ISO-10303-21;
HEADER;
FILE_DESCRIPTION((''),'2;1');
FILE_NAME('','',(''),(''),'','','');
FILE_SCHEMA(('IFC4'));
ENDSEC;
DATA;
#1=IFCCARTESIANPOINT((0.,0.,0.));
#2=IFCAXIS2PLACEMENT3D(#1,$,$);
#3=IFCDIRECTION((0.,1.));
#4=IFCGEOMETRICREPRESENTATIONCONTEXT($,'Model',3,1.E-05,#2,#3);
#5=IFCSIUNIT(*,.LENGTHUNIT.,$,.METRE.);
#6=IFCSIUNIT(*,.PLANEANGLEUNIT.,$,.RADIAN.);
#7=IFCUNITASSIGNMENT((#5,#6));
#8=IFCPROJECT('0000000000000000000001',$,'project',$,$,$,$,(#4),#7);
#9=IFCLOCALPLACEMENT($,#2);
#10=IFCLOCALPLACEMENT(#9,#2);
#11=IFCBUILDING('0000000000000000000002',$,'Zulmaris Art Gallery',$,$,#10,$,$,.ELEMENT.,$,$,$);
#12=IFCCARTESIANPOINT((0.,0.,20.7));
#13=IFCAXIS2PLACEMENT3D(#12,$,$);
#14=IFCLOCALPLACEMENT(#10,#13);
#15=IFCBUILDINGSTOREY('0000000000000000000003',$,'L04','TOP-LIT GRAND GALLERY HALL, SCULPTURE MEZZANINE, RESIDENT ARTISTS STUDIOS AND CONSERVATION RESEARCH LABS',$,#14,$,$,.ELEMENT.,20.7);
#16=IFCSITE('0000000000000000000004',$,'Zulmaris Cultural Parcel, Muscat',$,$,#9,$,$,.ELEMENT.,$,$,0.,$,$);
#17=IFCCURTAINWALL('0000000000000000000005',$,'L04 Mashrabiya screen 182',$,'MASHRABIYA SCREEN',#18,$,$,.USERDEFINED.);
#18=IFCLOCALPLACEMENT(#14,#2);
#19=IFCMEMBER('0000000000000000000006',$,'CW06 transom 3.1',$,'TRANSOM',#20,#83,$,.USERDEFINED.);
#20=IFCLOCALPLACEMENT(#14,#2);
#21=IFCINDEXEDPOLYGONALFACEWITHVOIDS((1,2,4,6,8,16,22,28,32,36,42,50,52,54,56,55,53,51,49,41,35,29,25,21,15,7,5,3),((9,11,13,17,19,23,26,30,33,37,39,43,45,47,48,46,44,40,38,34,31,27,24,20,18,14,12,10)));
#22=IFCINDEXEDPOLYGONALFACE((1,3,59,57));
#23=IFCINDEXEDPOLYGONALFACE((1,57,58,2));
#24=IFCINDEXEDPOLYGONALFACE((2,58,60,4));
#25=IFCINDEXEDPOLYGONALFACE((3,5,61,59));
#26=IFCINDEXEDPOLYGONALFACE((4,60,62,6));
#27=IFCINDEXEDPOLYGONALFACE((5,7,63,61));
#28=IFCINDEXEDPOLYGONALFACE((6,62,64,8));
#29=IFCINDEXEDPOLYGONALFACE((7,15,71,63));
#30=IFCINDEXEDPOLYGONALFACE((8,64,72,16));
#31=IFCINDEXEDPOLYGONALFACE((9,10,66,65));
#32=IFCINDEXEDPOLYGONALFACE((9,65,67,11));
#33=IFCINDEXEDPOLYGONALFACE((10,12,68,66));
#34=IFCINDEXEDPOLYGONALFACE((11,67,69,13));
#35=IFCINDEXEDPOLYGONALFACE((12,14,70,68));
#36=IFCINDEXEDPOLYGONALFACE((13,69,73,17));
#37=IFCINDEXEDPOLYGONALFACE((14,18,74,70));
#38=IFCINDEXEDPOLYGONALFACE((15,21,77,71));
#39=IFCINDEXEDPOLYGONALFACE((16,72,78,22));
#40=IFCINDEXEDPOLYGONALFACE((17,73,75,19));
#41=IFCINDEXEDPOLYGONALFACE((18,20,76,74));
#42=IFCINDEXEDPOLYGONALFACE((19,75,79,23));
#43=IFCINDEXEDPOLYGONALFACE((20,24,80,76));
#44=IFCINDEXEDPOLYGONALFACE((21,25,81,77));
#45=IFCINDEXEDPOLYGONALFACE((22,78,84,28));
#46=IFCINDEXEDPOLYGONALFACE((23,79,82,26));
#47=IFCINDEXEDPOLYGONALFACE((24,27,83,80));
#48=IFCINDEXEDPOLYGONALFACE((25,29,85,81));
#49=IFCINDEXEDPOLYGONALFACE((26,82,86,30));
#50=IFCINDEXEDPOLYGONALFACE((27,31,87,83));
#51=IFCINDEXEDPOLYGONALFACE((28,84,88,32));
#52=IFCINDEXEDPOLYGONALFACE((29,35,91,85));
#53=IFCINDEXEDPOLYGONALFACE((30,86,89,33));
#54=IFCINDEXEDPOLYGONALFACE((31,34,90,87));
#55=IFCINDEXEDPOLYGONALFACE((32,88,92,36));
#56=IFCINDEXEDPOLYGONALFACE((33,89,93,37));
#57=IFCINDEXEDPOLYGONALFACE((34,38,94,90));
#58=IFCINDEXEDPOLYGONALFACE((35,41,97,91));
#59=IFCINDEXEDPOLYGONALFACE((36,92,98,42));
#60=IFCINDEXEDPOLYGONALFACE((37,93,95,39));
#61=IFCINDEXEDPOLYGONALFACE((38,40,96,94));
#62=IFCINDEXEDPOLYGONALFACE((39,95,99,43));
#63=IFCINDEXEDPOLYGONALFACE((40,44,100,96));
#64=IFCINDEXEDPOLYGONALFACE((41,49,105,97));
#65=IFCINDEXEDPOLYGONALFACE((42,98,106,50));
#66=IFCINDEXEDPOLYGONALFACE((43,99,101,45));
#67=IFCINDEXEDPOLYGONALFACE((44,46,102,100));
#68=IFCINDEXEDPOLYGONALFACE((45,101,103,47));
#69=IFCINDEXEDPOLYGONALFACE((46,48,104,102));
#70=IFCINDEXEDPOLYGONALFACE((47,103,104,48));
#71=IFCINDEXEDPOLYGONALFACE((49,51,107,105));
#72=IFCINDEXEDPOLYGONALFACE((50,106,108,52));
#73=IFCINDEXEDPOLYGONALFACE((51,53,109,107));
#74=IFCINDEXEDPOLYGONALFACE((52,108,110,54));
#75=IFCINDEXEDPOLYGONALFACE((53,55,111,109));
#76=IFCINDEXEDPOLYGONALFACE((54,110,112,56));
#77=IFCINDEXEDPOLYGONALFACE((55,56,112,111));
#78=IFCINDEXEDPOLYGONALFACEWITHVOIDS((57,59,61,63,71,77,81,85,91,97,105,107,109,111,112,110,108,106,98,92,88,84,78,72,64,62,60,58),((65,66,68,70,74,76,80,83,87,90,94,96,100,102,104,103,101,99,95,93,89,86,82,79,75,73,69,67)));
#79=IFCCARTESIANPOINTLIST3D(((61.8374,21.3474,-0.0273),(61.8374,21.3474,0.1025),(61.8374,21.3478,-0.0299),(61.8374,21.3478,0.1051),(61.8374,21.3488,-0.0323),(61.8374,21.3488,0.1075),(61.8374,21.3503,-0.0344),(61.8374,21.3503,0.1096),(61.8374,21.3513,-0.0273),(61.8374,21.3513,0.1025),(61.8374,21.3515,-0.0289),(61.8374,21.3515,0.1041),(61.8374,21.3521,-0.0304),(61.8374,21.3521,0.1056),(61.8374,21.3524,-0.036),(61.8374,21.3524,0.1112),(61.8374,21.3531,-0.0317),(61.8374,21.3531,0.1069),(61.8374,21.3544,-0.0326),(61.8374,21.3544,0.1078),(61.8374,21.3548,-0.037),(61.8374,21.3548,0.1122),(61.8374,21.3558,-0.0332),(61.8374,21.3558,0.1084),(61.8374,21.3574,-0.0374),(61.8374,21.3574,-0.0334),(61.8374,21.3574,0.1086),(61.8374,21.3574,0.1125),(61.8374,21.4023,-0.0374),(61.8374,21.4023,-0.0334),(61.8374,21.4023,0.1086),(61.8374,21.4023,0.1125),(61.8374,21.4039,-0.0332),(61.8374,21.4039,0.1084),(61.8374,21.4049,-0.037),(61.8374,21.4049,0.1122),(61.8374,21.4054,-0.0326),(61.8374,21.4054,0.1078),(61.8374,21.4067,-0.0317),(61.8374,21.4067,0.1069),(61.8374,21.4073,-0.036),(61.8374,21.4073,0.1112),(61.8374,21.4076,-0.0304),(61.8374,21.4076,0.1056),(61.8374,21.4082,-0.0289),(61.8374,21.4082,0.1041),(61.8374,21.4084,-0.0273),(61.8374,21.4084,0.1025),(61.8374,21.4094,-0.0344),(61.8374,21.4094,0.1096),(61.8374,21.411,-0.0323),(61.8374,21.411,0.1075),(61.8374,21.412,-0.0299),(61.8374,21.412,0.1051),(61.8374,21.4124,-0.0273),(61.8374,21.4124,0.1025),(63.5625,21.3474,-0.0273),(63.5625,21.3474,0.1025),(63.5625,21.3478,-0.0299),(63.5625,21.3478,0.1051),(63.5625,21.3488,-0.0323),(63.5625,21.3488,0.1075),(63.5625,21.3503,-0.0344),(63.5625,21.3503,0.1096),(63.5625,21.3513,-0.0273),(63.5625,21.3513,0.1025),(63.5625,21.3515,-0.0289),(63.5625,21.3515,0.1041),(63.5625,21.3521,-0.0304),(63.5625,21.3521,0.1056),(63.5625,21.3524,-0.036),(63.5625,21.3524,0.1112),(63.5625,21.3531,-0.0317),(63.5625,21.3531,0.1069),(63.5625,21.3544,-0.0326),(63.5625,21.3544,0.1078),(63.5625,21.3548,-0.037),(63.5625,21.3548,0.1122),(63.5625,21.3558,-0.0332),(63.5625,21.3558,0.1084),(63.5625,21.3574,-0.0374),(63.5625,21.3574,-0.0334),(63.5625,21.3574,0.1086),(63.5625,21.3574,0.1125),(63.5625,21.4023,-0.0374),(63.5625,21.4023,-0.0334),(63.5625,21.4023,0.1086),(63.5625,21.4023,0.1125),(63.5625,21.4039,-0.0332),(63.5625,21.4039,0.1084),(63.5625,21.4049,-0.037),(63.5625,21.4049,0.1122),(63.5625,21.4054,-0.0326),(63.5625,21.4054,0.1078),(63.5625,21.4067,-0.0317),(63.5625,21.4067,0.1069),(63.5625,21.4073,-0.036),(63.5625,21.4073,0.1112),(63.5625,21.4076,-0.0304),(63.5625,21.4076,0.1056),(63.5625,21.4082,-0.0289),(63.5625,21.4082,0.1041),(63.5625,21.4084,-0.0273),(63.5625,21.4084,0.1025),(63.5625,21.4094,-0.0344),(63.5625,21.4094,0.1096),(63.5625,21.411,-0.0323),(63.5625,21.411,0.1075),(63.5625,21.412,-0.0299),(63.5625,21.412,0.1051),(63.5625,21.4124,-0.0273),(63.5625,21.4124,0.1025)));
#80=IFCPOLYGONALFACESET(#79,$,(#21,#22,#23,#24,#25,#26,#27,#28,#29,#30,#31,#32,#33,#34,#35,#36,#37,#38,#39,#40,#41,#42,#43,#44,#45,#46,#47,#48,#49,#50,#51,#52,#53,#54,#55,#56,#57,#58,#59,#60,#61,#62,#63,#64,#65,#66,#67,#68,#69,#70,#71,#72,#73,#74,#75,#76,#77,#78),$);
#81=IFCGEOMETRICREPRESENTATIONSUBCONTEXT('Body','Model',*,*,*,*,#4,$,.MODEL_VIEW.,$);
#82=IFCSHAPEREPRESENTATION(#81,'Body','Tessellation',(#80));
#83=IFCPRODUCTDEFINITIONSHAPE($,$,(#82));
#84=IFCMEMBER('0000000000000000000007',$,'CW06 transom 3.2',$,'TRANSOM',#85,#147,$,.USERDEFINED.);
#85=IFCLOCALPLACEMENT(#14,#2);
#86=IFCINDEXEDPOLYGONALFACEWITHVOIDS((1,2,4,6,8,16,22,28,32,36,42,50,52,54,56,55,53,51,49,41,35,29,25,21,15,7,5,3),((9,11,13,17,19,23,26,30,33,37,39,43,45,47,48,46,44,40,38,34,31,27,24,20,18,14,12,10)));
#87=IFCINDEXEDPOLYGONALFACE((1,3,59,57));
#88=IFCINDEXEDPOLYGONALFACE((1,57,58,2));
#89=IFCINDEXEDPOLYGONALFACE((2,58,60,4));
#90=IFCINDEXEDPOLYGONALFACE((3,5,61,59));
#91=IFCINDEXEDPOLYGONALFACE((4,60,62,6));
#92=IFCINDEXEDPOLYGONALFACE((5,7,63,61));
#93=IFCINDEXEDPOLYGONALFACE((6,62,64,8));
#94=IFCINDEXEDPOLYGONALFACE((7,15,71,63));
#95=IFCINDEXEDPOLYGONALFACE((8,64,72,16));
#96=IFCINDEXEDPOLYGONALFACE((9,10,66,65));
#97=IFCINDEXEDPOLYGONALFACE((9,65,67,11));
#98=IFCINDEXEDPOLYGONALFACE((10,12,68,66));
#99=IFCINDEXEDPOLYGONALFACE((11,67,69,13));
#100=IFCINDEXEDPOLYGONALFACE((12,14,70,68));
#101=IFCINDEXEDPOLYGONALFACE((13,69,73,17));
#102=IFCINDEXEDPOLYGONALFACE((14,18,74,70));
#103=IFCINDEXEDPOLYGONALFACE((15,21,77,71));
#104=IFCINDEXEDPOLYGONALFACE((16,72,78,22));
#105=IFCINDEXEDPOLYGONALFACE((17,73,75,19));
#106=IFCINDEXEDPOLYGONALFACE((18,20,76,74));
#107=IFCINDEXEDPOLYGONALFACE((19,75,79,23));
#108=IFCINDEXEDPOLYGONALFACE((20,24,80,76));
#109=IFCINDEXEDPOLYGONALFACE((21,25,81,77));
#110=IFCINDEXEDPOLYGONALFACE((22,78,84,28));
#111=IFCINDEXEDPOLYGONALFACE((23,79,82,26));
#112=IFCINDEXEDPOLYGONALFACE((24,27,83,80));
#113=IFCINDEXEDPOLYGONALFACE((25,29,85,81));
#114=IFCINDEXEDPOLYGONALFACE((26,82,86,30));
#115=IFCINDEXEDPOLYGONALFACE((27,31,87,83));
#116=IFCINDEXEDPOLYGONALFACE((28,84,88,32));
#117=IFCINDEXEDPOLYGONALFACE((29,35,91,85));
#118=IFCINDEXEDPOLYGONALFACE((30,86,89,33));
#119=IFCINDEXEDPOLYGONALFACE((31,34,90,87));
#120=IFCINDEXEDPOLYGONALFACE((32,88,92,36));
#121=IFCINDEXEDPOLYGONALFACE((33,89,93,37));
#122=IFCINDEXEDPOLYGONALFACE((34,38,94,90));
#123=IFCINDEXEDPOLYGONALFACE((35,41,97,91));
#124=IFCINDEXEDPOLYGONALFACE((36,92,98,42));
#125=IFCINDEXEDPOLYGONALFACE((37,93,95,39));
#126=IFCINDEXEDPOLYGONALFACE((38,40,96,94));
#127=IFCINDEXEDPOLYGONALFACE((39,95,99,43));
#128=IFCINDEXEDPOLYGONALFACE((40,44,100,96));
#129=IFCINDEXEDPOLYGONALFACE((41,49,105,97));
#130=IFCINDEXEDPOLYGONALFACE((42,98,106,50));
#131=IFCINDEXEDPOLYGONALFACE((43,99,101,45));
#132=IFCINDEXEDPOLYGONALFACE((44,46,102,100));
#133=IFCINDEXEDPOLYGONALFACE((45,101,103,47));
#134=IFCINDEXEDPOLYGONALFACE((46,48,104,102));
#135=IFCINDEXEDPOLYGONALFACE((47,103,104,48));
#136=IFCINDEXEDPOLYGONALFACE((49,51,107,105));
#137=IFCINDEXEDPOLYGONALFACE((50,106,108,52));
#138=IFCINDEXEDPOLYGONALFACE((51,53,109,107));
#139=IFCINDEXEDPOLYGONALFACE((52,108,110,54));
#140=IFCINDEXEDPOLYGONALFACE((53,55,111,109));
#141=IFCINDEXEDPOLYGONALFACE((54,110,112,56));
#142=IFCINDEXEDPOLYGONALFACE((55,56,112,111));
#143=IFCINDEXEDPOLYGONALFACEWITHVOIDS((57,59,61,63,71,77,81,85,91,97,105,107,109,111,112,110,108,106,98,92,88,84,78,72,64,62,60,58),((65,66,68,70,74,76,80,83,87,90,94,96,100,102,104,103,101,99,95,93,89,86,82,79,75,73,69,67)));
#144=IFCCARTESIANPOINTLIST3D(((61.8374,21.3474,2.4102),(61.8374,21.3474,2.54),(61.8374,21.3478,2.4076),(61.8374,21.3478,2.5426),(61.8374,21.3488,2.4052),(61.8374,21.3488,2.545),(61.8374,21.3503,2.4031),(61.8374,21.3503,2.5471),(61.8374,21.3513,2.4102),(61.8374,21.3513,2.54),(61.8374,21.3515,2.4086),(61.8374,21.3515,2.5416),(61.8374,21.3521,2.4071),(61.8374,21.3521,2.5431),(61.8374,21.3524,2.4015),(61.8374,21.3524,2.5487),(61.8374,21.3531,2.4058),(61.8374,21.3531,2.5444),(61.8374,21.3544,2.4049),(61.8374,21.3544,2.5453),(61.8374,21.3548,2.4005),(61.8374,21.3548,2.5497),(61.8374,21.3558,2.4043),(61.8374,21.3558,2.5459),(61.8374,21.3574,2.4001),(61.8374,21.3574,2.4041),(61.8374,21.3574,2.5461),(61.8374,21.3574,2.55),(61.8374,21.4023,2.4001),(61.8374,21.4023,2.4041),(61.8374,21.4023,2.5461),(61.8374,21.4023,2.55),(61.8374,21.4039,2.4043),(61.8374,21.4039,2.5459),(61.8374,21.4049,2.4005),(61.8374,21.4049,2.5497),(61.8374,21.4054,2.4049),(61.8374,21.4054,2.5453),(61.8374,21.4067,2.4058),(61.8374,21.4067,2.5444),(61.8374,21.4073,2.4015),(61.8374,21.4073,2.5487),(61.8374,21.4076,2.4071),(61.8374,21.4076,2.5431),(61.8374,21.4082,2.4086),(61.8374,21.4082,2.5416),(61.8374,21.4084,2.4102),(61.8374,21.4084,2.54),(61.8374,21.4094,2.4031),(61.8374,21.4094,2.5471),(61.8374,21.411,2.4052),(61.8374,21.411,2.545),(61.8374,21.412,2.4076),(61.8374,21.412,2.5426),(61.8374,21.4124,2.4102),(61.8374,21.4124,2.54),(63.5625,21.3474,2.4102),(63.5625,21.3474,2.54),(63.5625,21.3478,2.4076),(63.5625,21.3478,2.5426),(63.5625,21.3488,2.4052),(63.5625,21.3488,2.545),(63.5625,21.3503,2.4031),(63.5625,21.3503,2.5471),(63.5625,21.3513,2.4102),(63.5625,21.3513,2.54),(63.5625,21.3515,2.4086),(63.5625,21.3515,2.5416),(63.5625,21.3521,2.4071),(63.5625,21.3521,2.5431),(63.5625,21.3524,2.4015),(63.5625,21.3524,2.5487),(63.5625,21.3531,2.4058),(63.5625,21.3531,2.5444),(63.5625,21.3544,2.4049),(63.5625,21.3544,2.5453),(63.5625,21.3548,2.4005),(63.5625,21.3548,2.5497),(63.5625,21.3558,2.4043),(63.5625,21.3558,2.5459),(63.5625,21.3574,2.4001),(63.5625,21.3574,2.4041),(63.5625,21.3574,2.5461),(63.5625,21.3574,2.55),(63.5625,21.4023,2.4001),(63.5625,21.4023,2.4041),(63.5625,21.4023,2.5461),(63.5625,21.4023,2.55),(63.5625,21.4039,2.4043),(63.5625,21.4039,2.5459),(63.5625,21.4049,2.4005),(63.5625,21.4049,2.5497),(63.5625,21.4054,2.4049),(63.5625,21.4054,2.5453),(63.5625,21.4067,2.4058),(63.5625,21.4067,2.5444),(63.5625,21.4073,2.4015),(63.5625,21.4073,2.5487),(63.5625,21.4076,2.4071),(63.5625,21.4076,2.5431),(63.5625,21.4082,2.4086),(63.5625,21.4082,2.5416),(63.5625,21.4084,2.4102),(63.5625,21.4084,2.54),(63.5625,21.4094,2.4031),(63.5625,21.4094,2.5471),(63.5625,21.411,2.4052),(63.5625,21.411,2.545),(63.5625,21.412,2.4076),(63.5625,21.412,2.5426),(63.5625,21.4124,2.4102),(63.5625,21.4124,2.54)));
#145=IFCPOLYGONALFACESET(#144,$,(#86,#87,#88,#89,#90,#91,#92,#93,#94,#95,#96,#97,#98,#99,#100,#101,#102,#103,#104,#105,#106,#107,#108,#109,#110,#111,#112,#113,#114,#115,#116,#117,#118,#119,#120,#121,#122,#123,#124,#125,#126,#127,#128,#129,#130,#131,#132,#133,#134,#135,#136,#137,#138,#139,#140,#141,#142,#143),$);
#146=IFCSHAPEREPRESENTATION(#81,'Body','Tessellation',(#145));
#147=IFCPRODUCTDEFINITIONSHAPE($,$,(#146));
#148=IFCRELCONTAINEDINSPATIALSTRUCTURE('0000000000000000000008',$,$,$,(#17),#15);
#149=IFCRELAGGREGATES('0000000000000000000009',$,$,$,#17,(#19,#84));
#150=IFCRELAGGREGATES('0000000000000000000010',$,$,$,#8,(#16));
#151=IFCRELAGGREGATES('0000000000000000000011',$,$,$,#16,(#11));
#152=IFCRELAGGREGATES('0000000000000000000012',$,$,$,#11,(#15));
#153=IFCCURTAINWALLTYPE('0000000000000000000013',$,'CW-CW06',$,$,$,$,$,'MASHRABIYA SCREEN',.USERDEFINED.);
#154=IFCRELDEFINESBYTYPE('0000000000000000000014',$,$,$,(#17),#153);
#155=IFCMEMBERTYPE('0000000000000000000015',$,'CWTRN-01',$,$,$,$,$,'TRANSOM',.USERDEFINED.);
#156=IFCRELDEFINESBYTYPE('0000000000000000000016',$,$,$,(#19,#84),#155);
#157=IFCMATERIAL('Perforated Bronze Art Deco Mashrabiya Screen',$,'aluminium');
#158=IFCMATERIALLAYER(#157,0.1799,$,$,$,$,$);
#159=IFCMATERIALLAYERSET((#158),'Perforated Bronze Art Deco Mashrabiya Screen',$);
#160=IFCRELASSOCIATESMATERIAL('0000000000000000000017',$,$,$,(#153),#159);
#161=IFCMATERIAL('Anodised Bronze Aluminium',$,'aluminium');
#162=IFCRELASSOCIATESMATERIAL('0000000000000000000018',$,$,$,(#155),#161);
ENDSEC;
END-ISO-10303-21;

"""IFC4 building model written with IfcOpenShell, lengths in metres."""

from ifc_helpers import new_model, si_unit, direction, frame, origin, origin_2d, place, context, subcontext, project, spatial, hollow_rectangle, extrude, material, layer, layer_set, material_profile, profile_set, type_object, element, aggregate, save


model = new_model("IFC4")

# Units and contexts
model_context = context("Model", 3, precision=1e-05, world=origin(), true_north=direction((0.0, 1.0)))
body_context = subcontext(model_context, "Body", "Model", "MODEL_VIEW")
ifc_project = project(units=[si_unit("LENGTHUNIT", "METRE"), si_unit("PLANEANGLEUNIT", "RADIAN")], contexts=[model_context])

# Site, building, storey
site_placement = place(None, origin())
site = spatial("IfcSite", under=ifc_project, at=site_placement, Name="Zulmaris Cultural Parcel, Muscat", CompositionType="ELEMENT", RefElevation=0.0)
building_placement = place(site_placement, origin())
building = spatial("IfcBuilding", under=site, at=building_placement, Name="Zulmaris Art Gallery", CompositionType="ELEMENT")
storey_placement = place(building_placement, frame((0.0, 0.0, 20.7)))
storey = spatial("IfcBuildingStorey", under=building, at=storey_placement, Name="L04", Description="TOP-LIT GRAND GALLERY HALL, SCULPTURE MEZZANINE, RESIDENT ARTISTS STUDIOS AND CONSERVATION RESEARCH LABS", CompositionType="ELEMENT", Elevation=20.7)

# Shared definitions
ifc_material_1 = material(Name="Anodised Bronze Aluminium", Category="aluminium")

# Curtain wall
ifc_material_2 = material(Name="Perforated Bronze Art Deco Mashrabiya Screen", Category="aluminium")
ifc_layer_1 = layer(ifc_material_2, 0.1799)
ifc_layer_set_1 = layer_set([ifc_layer_1], Name="Perforated Bronze Art Deco Mashrabiya Screen")
curtain_wall_type_1 = type_object("IfcCurtainWallType", Name="CW-CW06", ElementType="MASHRABIYA SCREEN", PredefinedType="USERDEFINED", material=ifc_layer_set_1)
curtain_wall_1_placement = place(storey_placement, origin())
curtain_wall_1 = element("IfcCurtainWall", 1, at=curtain_wall_1_placement, inside=storey, type_object=curtain_wall_type_1, Name="L04 Mashrabiya screen 182", ObjectType="MASHRABIYA SCREEN", PredefinedType="USERDEFINED")

# Members
ifc_material_profile_1 = material_profile(ifc_material_1, hollow_rectangle(XDim=0.0649, YDim=0.1499, WallThickness=0.0039, InnerFilletRadius=0.0061, OuterFilletRadius=0.01, at=origin_2d()), Name="ALU 65x150x4")
ifc_profile_set_1 = profile_set([ifc_material_profile_1], Name="Anodised Bronze Aluminium")
member_type_1 = type_object("IfcMemberType", Name="CWTRN-01", ElementType="TRANSOM", PredefinedType="USERDEFINED", material=ifc_profile_set_1)
member_1_placement = place(storey_placement, frame((61.8374, 21.3799, 0.0376), z_axis=(1.0, 0.0, 0.0), x_axis=(0.0, 1.0, 0.0)))
member_1 = element("IfcMember", 2, at=member_1_placement, type_object=member_type_1, Name="CW06 transom 3.1", ObjectType="TRANSOM", PredefinedType="USERDEFINED", context=body_context, shape_type="SweptSolid", body=[
    extrude(hollow_rectangle(XDim=0.0649, YDim=0.1499, WallThickness=0.0039, InnerFilletRadius=0.0061, OuterFilletRadius=0.01, at=origin_2d()), origin(), (0.0, 0.0, 1.0), 1.7251),
])
member_2_placement = place(storey_placement, frame((61.8374, 21.3799, 2.4751), z_axis=(1.0, 0.0, 0.0), x_axis=(0.0, 1.0, 0.0)))
member_2 = element("IfcMember", 3, at=member_2_placement, type_object=member_type_1, Name="CW06 transom 3.2", ObjectType="TRANSOM", PredefinedType="USERDEFINED", context=body_context, shape_type="SweptSolid", body=[
    extrude(hollow_rectangle(XDim=0.0649, YDim=0.1499, WallThickness=0.0039, InnerFilletRadius=0.0061, OuterFilletRadius=0.01, at=origin_2d()), origin(), (0.0, 0.0, 1.0), 1.7251),
])

aggregate(curtain_wall_1, [member_1, member_2])

save(model, "model.ifc")
